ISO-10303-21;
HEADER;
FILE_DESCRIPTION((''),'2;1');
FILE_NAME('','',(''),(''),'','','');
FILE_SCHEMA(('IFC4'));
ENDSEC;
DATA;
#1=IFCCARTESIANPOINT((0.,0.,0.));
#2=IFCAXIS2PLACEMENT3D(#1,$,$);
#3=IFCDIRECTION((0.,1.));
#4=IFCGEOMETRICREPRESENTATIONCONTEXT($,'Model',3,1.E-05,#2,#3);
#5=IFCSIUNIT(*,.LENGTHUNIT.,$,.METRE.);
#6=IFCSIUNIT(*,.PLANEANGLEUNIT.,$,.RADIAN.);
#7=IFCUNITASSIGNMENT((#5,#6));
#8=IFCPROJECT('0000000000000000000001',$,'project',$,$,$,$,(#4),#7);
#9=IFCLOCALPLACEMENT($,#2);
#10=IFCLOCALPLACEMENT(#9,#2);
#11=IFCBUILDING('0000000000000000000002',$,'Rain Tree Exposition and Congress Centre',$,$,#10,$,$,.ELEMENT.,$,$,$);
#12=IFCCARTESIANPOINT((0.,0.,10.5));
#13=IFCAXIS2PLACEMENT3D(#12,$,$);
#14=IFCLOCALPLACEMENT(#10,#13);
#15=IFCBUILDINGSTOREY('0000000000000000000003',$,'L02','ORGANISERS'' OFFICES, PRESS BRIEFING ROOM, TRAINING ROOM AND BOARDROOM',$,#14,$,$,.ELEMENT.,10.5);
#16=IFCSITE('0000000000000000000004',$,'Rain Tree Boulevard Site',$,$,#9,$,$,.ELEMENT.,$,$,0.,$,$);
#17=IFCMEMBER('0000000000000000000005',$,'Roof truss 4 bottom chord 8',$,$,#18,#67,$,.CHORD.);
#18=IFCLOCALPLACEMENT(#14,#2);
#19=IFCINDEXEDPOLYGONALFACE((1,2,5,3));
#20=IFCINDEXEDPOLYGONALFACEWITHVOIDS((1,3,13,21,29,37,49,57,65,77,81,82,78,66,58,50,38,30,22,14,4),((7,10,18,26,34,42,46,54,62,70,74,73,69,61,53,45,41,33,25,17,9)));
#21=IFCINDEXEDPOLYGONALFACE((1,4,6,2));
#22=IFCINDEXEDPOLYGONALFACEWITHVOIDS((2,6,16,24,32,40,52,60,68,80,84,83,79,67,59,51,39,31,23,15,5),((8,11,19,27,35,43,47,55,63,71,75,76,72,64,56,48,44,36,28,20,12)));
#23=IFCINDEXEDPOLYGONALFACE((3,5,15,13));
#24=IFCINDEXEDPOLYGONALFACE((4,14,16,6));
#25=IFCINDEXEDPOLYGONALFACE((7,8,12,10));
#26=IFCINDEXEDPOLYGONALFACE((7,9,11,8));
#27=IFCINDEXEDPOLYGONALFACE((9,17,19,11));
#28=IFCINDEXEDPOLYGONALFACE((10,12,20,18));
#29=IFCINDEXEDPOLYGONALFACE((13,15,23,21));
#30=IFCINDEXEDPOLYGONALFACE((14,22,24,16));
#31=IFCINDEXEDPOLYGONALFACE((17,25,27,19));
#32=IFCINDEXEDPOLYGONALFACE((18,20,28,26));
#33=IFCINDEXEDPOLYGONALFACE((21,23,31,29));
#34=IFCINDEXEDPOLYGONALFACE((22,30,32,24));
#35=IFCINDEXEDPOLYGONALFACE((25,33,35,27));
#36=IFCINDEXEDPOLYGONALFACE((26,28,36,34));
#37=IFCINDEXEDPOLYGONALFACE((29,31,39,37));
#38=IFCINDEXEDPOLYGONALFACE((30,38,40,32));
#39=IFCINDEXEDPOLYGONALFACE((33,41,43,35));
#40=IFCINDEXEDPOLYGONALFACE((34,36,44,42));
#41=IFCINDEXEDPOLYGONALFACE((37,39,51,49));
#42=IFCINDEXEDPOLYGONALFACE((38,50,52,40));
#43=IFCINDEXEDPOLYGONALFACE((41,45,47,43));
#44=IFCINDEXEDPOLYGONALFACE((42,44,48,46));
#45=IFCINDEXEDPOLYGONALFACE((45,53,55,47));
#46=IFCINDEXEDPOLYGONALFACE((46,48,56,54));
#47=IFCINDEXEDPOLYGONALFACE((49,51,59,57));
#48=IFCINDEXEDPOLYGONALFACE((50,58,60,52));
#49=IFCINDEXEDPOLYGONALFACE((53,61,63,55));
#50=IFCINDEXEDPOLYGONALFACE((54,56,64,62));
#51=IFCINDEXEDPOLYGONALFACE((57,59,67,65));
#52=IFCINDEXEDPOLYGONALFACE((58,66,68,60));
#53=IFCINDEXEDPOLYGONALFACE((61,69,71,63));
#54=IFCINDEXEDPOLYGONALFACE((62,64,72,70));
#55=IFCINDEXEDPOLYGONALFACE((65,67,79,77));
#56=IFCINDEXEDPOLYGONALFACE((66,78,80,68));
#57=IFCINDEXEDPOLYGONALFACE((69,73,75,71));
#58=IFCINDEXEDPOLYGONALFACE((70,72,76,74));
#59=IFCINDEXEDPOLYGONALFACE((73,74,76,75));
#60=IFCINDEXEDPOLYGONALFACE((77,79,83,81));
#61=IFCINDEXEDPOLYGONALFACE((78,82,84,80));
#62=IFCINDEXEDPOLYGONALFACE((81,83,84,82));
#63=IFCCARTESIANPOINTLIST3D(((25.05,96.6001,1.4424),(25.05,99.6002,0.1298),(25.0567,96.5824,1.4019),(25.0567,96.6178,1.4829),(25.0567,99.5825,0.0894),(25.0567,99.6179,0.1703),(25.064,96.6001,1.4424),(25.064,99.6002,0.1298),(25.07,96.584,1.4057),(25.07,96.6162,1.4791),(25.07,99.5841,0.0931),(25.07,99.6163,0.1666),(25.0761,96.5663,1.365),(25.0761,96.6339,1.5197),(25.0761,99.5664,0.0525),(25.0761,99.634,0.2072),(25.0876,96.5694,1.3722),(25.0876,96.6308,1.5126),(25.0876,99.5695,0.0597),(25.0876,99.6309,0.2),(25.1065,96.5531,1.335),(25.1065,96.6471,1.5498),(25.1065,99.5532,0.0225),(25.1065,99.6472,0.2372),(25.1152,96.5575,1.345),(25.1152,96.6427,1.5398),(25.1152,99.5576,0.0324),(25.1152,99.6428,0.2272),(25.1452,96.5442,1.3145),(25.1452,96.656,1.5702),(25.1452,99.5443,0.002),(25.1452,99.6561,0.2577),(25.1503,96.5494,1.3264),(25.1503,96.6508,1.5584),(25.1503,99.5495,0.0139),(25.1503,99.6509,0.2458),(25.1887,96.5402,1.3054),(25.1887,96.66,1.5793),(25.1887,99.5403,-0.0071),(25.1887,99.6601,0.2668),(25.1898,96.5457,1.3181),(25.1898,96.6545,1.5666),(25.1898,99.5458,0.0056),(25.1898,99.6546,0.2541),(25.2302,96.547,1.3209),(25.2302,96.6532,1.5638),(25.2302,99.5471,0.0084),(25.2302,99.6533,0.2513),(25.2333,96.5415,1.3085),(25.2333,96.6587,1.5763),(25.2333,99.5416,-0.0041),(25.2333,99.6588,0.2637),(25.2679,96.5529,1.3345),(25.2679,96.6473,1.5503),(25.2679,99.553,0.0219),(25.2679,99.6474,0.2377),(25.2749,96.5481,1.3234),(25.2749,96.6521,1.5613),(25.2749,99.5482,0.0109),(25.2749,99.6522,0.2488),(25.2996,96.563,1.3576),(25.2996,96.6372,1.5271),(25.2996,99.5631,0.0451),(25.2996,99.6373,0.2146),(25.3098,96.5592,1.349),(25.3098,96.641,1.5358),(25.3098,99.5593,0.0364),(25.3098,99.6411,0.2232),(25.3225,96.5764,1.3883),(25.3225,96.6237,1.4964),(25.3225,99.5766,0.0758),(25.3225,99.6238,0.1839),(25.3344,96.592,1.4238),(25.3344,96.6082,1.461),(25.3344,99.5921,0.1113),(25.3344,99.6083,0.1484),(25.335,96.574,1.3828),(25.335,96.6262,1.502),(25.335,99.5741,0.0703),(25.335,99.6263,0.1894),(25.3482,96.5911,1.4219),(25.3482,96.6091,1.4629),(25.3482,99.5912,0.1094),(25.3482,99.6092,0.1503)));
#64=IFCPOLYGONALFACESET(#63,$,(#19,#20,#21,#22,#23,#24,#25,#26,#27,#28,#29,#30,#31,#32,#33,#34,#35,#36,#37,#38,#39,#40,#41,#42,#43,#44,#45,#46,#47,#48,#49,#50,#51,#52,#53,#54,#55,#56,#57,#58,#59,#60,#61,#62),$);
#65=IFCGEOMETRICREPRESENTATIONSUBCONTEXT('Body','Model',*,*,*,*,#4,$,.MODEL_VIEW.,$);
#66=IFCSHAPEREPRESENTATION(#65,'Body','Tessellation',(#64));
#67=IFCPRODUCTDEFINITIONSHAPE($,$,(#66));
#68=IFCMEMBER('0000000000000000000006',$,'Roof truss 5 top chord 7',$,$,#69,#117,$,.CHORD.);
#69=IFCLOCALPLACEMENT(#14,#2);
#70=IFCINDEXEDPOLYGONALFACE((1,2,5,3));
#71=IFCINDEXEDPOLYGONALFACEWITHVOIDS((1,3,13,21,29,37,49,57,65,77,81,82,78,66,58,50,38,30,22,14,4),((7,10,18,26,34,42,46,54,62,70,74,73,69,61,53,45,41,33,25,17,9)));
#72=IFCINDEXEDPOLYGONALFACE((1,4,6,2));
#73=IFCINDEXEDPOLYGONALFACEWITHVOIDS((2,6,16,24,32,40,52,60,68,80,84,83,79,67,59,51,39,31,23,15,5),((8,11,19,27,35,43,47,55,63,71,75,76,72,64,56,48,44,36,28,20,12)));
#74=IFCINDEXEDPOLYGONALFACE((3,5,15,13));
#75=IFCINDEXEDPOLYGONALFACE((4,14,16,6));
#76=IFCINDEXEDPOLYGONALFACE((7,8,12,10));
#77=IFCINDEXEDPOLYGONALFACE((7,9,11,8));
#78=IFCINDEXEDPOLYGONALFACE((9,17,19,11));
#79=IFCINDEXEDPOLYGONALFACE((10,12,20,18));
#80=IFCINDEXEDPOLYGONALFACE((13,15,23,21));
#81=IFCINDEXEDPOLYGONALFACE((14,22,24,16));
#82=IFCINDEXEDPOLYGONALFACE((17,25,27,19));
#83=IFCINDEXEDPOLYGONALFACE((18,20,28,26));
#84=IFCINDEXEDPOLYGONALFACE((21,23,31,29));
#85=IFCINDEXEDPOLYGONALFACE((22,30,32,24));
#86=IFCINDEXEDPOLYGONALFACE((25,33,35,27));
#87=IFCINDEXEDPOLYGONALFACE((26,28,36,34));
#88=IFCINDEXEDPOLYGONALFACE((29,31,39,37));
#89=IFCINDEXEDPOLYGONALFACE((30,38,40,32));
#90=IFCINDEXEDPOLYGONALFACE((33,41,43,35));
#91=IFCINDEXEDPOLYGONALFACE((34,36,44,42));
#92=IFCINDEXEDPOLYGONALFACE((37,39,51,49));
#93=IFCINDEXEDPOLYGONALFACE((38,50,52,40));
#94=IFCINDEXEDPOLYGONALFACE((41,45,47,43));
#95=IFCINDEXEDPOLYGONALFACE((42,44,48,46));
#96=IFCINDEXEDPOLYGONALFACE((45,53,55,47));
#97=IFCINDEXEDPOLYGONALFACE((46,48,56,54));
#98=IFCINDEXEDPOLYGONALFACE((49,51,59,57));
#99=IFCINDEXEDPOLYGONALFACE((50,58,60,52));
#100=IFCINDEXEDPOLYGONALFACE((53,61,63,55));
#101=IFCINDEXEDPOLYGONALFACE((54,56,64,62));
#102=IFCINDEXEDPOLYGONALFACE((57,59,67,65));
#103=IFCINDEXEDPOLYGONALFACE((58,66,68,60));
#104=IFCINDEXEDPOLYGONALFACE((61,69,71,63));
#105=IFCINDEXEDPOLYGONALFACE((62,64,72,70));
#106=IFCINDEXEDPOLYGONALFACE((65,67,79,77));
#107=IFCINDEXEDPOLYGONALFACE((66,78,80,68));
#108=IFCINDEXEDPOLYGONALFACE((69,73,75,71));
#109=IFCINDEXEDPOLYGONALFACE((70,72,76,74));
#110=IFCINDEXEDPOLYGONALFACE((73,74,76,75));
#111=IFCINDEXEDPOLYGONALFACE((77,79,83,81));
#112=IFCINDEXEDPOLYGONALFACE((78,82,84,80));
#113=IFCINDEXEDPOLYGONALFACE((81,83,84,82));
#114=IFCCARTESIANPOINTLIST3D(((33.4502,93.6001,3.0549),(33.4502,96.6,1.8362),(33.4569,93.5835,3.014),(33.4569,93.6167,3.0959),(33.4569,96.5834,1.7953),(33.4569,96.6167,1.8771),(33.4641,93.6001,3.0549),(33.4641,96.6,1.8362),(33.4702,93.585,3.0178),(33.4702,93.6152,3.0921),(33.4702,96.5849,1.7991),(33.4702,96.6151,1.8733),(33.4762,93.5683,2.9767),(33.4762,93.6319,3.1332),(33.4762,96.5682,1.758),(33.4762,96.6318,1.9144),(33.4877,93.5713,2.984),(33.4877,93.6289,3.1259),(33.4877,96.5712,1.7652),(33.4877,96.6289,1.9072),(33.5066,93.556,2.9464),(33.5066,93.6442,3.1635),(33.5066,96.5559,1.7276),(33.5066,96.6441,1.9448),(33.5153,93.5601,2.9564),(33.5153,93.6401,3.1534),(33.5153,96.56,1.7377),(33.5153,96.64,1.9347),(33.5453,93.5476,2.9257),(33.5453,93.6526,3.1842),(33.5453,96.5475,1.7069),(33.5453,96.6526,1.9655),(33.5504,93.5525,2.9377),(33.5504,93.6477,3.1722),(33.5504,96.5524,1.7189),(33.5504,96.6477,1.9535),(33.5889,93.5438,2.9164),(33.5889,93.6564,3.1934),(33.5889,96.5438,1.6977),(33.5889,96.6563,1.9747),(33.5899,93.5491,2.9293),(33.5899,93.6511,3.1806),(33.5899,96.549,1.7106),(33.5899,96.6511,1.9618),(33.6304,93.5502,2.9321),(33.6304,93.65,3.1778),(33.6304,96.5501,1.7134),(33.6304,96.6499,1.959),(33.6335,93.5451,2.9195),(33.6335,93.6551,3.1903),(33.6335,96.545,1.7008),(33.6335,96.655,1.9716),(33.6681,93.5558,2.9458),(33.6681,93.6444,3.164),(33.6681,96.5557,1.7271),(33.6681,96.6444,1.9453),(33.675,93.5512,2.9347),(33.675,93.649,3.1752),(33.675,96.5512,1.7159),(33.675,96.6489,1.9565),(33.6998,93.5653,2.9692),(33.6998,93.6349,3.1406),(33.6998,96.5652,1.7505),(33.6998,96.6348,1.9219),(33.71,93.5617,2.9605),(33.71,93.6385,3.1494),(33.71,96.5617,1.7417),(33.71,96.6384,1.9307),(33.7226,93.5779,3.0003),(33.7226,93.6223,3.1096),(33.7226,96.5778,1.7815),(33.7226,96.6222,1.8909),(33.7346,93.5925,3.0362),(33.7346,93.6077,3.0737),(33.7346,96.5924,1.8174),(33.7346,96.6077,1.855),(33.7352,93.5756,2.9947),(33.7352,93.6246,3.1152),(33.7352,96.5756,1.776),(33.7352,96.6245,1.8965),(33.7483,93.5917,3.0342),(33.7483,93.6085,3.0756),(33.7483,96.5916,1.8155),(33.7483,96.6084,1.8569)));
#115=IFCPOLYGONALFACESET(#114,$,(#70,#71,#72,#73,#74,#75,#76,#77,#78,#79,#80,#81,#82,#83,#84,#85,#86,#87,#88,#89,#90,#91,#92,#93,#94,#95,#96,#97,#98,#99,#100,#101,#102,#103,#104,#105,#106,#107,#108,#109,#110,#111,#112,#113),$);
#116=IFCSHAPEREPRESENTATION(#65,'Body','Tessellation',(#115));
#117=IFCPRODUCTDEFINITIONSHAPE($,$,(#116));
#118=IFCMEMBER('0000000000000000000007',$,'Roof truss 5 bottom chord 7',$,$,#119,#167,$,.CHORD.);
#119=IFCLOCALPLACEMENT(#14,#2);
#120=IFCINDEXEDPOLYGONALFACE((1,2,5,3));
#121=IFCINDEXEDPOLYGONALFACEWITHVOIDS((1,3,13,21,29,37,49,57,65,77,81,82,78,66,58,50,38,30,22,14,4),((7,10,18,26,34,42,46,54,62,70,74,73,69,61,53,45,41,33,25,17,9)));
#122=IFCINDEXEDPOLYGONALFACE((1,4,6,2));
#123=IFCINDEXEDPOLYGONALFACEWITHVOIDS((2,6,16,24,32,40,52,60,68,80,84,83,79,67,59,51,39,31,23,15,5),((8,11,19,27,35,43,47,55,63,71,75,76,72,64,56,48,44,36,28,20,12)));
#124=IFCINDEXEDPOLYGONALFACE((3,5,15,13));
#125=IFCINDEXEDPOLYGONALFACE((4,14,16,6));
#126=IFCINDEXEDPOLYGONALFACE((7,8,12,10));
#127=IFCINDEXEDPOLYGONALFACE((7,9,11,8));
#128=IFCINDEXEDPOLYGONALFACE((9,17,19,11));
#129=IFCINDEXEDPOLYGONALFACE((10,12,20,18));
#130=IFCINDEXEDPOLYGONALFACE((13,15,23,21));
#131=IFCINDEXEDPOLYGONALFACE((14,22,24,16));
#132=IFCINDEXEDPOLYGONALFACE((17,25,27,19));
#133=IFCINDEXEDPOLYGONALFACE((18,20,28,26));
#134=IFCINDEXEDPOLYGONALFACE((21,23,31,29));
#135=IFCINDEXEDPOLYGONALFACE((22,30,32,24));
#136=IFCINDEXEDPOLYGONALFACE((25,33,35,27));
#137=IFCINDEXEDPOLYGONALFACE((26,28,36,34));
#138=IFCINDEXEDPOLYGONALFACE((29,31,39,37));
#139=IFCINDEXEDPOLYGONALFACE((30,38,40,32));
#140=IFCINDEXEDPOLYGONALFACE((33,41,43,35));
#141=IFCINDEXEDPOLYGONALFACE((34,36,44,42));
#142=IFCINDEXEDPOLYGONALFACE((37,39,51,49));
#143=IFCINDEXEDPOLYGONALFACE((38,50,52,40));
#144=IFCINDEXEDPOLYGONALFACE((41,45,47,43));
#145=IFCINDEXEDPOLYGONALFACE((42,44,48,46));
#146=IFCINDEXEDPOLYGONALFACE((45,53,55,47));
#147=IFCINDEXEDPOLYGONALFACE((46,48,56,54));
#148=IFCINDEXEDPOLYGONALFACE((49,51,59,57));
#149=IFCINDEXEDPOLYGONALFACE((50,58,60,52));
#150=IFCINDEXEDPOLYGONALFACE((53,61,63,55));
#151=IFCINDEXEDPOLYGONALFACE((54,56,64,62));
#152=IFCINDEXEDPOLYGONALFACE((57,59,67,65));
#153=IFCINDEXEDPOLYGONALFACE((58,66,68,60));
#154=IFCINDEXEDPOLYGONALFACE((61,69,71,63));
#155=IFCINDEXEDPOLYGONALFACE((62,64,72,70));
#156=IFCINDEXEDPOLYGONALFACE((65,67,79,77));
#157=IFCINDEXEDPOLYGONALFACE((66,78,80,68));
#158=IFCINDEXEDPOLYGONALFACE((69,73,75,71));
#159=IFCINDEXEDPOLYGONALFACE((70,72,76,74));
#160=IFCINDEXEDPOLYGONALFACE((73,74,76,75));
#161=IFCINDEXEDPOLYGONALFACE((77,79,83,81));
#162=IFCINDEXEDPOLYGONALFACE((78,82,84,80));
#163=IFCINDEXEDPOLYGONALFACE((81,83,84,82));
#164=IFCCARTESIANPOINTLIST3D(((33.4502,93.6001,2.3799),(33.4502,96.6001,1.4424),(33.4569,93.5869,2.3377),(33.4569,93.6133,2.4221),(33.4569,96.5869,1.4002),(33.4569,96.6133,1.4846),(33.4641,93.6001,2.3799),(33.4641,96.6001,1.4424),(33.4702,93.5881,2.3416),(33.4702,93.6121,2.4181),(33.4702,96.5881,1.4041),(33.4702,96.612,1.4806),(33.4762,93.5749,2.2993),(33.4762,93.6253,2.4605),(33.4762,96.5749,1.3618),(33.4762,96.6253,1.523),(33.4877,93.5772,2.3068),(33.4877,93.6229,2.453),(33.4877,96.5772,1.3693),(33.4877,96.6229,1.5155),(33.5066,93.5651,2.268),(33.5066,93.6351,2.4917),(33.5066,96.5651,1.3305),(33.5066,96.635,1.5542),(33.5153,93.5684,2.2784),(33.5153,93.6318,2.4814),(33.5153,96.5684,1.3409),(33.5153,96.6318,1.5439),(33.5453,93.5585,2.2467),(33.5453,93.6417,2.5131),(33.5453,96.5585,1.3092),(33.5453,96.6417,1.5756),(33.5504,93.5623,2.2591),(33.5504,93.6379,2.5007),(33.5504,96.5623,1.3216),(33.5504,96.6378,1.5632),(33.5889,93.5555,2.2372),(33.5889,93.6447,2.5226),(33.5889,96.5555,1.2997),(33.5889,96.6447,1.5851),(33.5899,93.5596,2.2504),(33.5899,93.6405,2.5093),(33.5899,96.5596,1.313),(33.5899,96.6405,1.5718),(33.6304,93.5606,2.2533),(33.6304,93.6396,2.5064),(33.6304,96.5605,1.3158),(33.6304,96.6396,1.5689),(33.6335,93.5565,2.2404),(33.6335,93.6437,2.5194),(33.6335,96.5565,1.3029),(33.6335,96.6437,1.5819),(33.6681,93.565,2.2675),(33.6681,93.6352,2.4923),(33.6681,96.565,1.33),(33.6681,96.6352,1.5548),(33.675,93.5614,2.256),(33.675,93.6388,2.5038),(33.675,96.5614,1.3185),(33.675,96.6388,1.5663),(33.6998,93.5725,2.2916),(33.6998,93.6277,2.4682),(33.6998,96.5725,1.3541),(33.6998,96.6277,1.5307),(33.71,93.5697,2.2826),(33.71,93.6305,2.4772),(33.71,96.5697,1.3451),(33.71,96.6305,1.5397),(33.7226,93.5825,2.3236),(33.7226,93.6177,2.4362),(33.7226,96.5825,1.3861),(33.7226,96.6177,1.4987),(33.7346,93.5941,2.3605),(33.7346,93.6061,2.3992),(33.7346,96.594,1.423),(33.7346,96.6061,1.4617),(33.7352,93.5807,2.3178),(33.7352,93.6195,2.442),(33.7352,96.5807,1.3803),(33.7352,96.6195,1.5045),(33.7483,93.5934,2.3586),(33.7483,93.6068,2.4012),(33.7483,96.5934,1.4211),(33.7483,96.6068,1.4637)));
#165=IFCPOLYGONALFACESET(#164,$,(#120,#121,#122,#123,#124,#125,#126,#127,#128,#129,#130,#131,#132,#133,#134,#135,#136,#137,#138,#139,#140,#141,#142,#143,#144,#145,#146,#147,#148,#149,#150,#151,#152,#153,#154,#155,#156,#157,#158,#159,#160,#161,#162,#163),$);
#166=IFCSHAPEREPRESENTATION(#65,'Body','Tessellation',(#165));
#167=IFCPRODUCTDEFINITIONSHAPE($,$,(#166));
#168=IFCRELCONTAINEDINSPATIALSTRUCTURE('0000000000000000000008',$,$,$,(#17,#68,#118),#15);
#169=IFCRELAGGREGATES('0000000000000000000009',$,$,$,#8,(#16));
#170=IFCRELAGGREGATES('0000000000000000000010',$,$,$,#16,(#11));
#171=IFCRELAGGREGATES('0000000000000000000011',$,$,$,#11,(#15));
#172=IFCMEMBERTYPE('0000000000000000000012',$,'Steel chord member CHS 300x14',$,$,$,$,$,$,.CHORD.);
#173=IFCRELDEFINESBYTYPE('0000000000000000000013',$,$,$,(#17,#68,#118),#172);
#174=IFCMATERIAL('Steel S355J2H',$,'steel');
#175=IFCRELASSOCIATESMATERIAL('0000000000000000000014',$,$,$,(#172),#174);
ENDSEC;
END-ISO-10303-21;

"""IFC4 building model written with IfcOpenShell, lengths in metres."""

from ifc_helpers import new_model, si_unit, direction, frame, origin, origin_2d, place, context, subcontext, project, spatial, hollow_circle, extrude, material, material_profile, profile_set, type_object, element, save


model = new_model("IFC4")

# Units and contexts
model_context = context("Model", 3, precision=1e-05, world=origin(), true_north=direction((0.0, 1.0)))
body_context = subcontext(model_context, "Body", "Model", "MODEL_VIEW")
ifc_project = project(units=[si_unit("LENGTHUNIT", "METRE"), si_unit("PLANEANGLEUNIT", "RADIAN")], contexts=[model_context])

# Site, building, storey
site_placement = place(None, origin())
site = spatial("IfcSite", under=ifc_project, at=site_placement, Name="Rain Tree Boulevard Site", CompositionType="ELEMENT", RefElevation=0.0)
building_placement = place(site_placement, origin())
building = spatial("IfcBuilding", under=site, at=building_placement, Name="Rain Tree Exposition and Congress Centre", CompositionType="ELEMENT")
storey_placement = place(building_placement, frame((0.0, 0.0, 10.5)))
storey = spatial("IfcBuildingStorey", under=building, at=storey_placement, Name="L02", Description="ORGANISERS' OFFICES, PRESS BRIEFING ROOM, TRAINING ROOM AND BOARDROOM", CompositionType="ELEMENT", Elevation=10.5)

# Members
ifc_material_1 = material(Name="Steel S355J2H", Category="steel")
ifc_material_profile_1 = material_profile(ifc_material_1, hollow_circle(Radius=0.1499, WallThickness=0.0139, at=origin_2d()), Name="CHS 300x14")
ifc_profile_set_1 = profile_set([ifc_material_profile_1], Name="Steel S355J2H")
member_type_1 = type_object("IfcMemberType", Name="Steel chord member CHS 300x14", PredefinedType="CHORD", material=ifc_profile_set_1)
member_1_placement = place(storey_placement, frame((25.2, 96.6001, 1.4424), z_axis=(0.0, 0.916157, -0.400819), x_axis=(-1.0, 0.0, 0.0)))
element("IfcMember", 1, at=member_1_placement, inside=storey, type_object=member_type_1, Name="Roof truss 4 bottom chord 8", PredefinedType="CHORD", context=body_context, shape_type="SweptSolid", body=[
    extrude(hollow_circle(Radius=0.1499, WallThickness=0.0139, at=origin_2d()), origin(), (0.0, 0.0, 1.0), 3.2747),
])
member_2_placement = place(storey_placement, frame((33.6001, 93.6001, 3.0549), z_axis=(0.0, 0.926467, -0.376377), x_axis=(-1.0, 0.0, 0.0)))
element("IfcMember", 2, at=member_2_placement, inside=storey, type_object=member_type_1, Name="Roof truss 5 top chord 7", PredefinedType="CHORD", context=body_context, shape_type="SweptSolid", body=[
    extrude(hollow_circle(Radius=0.1499, WallThickness=0.0139, at=origin_2d()), origin(), (0.0, 0.0, 1.0), 3.238),
])
member_3_placement = place(storey_placement, frame((33.6001, 93.6001, 2.3799), z_axis=(0.0, 0.95448, -0.298275), x_axis=(-1.0, 0.0, 0.0)))
element("IfcMember", 3, at=member_3_placement, inside=storey, type_object=member_type_1, Name="Roof truss 5 bottom chord 7", PredefinedType="CHORD", context=body_context, shape_type="SweptSolid", body=[
    extrude(hollow_circle(Radius=0.1499, WallThickness=0.0139, at=origin_2d()), origin(), (0.0, 0.0, 1.0), 3.1431),
])

save(model, "model.ifc")
